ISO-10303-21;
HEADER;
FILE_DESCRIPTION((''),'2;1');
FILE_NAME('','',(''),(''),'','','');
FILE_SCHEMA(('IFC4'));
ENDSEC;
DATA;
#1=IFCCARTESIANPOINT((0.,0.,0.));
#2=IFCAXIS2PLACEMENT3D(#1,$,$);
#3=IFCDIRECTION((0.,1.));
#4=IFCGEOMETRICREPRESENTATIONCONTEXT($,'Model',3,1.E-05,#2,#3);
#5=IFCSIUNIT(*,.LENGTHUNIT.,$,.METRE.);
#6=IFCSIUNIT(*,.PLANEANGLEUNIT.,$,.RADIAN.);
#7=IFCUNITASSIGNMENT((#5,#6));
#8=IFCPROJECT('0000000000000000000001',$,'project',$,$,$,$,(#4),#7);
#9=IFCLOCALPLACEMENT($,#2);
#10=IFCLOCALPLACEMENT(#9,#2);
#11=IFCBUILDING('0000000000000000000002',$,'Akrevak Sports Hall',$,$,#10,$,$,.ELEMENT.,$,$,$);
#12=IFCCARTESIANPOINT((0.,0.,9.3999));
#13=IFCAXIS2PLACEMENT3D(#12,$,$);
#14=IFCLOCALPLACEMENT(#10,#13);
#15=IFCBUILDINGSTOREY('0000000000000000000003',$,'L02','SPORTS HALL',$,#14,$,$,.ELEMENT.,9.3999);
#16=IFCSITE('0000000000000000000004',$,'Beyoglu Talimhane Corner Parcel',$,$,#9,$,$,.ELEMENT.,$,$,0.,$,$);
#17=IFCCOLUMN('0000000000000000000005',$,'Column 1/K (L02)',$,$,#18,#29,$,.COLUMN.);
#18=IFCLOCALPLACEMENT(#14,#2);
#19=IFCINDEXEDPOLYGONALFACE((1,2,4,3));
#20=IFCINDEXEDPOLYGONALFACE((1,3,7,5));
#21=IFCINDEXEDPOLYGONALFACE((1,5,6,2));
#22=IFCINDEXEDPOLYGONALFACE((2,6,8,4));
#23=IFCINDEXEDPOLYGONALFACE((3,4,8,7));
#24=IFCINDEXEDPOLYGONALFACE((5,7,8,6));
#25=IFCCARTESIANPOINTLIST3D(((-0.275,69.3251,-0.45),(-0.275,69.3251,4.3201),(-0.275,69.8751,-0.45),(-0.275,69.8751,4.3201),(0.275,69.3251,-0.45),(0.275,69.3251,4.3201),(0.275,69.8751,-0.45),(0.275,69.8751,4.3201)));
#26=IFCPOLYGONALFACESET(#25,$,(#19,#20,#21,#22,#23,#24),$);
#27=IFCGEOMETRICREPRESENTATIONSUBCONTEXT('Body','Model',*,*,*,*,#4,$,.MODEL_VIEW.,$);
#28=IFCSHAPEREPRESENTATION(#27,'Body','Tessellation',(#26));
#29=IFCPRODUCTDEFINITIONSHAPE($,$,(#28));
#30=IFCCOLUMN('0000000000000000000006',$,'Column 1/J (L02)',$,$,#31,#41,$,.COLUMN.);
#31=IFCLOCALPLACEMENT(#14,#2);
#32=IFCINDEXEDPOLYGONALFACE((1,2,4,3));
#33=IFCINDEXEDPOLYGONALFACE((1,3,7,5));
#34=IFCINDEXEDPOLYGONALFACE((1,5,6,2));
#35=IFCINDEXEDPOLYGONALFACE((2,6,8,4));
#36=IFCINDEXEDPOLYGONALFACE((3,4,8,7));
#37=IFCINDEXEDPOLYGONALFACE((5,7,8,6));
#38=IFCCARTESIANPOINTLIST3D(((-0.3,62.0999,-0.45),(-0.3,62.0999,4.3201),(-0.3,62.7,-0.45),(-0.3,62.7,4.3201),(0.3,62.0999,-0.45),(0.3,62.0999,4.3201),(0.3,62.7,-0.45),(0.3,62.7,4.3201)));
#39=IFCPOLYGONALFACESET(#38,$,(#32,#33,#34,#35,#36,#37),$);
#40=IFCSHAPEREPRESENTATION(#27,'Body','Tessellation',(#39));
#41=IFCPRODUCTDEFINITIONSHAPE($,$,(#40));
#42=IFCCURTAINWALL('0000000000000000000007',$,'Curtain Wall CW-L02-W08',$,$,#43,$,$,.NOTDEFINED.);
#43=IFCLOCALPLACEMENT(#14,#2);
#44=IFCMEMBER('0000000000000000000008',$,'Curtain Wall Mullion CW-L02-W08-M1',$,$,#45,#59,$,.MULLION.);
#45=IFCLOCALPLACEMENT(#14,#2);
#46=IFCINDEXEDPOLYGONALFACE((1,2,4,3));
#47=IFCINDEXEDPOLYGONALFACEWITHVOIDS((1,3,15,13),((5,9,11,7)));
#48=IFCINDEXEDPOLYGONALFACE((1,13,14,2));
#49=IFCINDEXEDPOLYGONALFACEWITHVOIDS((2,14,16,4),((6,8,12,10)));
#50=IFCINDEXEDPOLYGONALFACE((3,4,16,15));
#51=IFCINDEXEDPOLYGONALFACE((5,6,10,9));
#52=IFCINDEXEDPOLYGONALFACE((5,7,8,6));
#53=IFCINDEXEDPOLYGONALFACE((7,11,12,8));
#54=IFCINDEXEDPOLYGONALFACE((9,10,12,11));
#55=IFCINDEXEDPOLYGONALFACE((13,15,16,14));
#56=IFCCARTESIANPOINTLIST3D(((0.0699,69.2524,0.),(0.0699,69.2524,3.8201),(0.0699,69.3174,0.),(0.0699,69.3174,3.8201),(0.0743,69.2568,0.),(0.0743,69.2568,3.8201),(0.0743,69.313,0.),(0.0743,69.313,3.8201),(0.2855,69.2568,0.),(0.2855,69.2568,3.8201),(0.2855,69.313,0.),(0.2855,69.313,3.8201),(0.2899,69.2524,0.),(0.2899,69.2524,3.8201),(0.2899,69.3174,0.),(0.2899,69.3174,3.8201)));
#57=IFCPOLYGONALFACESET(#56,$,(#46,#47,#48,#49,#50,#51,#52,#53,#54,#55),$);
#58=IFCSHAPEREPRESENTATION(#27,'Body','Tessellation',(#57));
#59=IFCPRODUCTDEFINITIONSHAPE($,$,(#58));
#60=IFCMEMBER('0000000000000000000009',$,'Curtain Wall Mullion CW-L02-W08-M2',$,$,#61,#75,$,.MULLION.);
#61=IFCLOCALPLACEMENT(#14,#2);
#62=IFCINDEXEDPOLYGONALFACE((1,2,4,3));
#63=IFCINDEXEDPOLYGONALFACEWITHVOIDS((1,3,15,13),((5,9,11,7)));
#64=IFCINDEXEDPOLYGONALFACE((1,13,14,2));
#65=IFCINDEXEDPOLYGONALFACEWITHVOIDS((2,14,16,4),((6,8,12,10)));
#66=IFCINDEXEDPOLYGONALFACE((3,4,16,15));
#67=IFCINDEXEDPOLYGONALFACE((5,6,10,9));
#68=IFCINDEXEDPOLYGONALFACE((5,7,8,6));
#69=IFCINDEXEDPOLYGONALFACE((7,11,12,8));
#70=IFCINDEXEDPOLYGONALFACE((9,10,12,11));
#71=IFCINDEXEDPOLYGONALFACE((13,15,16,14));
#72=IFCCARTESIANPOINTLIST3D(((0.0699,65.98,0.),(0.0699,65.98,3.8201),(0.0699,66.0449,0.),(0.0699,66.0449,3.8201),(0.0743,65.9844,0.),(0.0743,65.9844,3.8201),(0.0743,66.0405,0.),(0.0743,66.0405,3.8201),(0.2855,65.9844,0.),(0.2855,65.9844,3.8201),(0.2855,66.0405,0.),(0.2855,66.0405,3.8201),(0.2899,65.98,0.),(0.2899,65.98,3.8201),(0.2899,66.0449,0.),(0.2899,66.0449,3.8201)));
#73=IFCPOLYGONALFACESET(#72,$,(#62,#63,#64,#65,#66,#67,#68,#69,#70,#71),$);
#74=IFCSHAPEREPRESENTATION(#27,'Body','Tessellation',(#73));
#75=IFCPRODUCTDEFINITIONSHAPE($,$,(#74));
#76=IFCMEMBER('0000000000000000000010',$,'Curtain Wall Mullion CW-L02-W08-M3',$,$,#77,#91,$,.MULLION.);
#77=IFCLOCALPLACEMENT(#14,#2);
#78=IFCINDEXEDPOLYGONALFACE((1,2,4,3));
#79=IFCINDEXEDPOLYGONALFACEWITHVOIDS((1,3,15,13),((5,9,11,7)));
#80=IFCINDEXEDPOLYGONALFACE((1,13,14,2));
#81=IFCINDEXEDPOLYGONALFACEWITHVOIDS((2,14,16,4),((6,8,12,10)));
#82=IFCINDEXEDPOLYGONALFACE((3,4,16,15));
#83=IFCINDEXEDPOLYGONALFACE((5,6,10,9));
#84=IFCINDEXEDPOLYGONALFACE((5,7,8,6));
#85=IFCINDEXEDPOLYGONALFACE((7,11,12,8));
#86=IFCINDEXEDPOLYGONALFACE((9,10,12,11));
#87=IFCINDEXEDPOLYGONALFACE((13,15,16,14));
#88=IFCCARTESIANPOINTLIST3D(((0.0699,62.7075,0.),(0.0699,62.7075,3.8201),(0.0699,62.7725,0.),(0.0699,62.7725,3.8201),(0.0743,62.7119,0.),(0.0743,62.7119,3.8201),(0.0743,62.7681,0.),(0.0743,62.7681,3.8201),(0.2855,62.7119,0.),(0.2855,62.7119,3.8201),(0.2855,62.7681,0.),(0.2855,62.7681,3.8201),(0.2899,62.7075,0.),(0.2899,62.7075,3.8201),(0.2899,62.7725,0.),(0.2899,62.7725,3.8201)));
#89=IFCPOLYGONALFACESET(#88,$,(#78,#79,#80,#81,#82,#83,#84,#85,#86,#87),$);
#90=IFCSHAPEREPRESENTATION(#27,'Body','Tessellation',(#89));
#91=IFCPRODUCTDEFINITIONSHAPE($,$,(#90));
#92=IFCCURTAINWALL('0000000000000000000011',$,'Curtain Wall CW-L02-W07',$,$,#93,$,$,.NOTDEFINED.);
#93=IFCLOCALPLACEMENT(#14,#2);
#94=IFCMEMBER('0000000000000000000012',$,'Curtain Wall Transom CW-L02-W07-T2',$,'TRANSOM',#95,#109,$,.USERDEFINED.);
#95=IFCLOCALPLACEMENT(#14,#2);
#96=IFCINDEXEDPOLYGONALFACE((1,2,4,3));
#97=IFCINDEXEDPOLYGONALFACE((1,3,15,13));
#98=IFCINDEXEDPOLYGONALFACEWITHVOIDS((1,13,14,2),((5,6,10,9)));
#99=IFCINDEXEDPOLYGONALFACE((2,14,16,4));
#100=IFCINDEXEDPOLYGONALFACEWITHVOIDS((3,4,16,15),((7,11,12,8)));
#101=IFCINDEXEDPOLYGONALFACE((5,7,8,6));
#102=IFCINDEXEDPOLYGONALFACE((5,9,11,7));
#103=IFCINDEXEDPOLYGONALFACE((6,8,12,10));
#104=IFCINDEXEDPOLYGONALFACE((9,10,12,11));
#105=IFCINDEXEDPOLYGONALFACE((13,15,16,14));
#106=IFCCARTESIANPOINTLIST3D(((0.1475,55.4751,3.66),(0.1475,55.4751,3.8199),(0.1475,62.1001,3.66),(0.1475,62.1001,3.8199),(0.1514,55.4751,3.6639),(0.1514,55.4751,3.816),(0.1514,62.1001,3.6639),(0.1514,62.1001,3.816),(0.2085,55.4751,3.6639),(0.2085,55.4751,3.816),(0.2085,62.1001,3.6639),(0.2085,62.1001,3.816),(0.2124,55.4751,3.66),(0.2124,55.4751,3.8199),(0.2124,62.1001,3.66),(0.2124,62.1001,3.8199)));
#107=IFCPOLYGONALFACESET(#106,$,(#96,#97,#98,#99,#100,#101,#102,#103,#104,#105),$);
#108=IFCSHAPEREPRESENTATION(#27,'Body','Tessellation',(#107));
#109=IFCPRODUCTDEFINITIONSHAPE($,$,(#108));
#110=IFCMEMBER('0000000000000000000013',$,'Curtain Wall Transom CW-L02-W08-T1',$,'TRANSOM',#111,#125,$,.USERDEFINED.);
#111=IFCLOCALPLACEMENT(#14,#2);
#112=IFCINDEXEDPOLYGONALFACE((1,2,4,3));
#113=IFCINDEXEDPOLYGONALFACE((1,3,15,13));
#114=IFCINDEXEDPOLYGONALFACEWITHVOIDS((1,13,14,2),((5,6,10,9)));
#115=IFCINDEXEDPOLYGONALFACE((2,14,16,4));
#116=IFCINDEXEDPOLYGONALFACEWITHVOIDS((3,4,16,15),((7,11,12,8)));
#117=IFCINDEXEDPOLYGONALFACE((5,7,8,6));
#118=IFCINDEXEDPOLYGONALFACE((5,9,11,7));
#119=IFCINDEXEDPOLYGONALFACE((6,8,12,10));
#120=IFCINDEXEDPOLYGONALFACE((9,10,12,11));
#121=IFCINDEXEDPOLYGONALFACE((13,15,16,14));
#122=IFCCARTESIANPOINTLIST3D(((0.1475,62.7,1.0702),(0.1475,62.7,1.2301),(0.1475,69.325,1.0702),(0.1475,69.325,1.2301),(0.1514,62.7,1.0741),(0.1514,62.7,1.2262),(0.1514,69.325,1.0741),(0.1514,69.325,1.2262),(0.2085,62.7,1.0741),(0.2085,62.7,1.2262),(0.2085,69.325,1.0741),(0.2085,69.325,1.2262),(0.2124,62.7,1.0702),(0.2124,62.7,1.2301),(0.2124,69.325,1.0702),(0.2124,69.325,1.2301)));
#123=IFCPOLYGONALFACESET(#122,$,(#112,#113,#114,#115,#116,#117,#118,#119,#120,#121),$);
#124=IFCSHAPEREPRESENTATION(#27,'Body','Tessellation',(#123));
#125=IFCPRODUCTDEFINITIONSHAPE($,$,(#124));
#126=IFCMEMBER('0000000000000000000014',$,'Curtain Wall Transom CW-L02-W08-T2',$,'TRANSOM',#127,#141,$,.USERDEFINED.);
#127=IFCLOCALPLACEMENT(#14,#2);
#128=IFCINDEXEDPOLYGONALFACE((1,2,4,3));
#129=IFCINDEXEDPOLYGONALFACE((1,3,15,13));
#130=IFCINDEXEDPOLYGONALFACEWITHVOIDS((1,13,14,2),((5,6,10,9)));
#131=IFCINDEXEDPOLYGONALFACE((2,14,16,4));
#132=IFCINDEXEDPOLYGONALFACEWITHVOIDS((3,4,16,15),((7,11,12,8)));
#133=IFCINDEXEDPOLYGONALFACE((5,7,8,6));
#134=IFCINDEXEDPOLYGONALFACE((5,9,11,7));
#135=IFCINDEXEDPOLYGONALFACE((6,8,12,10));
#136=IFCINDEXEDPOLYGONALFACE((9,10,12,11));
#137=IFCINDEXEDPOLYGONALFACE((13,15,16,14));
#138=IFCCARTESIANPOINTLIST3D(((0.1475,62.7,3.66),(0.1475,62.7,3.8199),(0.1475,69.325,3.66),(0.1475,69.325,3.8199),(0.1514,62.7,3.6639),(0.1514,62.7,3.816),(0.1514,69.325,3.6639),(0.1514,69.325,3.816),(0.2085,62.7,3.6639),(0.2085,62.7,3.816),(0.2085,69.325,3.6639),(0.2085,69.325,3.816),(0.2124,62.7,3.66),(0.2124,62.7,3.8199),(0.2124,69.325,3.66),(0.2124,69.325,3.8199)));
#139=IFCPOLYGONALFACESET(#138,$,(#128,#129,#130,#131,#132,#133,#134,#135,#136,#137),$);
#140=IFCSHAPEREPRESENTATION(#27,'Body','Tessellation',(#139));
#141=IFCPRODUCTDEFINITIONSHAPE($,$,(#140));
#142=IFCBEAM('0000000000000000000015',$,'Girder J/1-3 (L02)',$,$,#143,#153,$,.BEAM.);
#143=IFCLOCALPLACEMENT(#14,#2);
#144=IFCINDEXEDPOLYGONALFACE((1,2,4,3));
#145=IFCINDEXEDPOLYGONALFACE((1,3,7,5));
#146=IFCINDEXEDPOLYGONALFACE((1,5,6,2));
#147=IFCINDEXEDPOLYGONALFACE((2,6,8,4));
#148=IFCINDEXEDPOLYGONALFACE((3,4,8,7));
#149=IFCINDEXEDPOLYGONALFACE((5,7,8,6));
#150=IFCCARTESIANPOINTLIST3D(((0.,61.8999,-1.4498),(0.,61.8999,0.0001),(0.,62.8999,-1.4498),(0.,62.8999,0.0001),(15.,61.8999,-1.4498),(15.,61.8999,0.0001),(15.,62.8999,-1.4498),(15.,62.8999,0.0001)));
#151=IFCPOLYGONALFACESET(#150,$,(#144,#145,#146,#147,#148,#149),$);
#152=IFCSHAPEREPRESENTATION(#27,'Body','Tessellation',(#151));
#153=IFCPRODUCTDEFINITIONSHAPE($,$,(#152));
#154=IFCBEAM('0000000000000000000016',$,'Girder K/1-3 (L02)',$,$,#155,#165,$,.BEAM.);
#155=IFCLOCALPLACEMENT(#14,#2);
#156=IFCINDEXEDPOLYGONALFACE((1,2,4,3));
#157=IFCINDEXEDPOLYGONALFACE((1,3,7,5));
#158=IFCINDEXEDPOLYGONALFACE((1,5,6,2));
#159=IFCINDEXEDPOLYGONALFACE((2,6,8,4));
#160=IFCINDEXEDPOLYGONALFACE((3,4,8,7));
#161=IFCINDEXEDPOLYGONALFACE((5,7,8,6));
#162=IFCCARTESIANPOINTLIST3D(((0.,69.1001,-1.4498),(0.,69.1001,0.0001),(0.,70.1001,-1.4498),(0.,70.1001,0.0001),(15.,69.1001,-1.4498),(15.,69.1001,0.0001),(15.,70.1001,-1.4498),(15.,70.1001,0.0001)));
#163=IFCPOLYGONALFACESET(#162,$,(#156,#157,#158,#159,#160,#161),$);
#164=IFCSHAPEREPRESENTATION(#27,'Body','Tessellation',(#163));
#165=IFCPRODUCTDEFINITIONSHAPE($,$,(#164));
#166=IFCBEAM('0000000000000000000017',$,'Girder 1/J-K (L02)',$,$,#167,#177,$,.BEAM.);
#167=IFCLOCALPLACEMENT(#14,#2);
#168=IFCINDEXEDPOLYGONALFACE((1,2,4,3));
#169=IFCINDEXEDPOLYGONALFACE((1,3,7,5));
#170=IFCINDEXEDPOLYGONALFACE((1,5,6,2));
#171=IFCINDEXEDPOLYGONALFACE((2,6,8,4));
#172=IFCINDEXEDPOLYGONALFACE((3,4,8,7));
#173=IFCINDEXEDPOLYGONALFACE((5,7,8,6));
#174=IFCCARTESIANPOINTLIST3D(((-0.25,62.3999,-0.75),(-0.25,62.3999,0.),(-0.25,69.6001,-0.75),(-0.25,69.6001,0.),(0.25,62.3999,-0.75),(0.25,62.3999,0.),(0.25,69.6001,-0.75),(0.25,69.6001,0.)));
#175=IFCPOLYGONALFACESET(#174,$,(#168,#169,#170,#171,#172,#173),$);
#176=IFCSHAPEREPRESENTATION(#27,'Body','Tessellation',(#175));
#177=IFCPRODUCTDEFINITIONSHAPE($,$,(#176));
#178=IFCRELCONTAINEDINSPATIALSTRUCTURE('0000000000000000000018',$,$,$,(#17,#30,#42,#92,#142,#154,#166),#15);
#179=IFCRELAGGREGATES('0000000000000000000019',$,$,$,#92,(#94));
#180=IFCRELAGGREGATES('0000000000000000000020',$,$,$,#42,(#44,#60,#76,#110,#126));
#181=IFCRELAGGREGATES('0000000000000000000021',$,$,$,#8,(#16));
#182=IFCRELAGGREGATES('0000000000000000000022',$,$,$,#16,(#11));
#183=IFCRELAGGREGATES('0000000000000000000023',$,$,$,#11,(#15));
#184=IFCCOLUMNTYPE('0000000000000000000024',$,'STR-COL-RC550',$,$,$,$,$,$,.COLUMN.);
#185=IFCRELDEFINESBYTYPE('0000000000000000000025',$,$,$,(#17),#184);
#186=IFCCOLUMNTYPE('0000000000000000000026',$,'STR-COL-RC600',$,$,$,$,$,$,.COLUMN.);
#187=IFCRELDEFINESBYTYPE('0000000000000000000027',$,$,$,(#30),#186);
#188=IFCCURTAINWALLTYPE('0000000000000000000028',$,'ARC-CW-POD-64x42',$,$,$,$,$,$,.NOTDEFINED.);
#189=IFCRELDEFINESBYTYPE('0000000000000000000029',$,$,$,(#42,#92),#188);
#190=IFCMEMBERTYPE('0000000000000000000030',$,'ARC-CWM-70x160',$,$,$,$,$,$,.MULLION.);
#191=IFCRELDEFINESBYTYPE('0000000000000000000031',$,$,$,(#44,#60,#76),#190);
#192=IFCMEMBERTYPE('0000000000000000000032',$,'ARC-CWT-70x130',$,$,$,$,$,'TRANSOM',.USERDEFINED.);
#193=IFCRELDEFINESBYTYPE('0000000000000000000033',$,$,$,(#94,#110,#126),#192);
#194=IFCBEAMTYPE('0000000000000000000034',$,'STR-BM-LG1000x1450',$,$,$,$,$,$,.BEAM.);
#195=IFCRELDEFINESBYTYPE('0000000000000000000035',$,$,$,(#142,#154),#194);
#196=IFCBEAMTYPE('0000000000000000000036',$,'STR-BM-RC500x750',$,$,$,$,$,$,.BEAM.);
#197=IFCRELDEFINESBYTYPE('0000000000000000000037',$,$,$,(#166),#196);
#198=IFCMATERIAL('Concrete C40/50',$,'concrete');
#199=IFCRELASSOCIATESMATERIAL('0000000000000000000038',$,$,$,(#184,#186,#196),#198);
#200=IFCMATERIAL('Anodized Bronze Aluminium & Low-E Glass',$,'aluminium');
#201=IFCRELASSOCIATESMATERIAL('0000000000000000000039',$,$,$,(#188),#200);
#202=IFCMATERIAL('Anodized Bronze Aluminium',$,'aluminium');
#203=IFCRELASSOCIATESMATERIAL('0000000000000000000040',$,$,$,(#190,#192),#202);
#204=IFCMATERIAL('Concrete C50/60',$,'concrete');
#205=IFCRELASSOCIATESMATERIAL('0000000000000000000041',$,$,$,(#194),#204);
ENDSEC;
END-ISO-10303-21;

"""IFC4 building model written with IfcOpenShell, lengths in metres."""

from ifc_helpers import new_model, si_unit, direction, frame, origin, origin_2d, place, context, subcontext, project, spatial, rectangle, hollow_rectangle, extrude, material, material_profile, profile_set, type_object, element, aggregate, save


model = new_model("IFC4")

# Units and contexts
model_context = context("Model", 3, precision=1e-05, world=origin(), true_north=direction((0.0, 1.0)))
body_context = subcontext(model_context, "Body", "Model", "MODEL_VIEW")
ifc_project = project(units=[si_unit("LENGTHUNIT", "METRE"), si_unit("PLANEANGLEUNIT", "RADIAN")], contexts=[model_context])

# Site, building, storey
site_placement = place(None, origin())
site = spatial("IfcSite", under=ifc_project, at=site_placement, Name="Beyoglu Talimhane Corner Parcel", CompositionType="ELEMENT", RefElevation=0.0)
building_placement = place(site_placement, origin())
building = spatial("IfcBuilding", under=site, at=building_placement, Name="Akrevak Sports Hall", CompositionType="ELEMENT")
storey_placement = place(building_placement, frame((0.0, 0.0, 9.3999)))
storey = spatial("IfcBuildingStorey", under=building, at=storey_placement, Name="L02", Description="SPORTS HALL", CompositionType="ELEMENT", Elevation=9.3999)

# Columns
ifc_material_1 = material(Name="Concrete C40/50", Category="concrete")
ifc_material_profile_1 = material_profile(ifc_material_1, rectangle(XDim=0.55, YDim=0.55, at=origin_2d()), Name="RC 550x550", Category="concrete")
ifc_profile_set_1 = profile_set([ifc_material_profile_1], Name="Concrete C40/50")
column_type_1 = type_object("IfcColumnType", Name="STR-COL-RC550", PredefinedType="COLUMN", material=ifc_profile_set_1)
column_1_placement = place(storey_placement, frame((0.0, 69.6001, -0.45), z_axis=(0.0, 0.0, 1.0), x_axis=(1.0, 0.0, 0.0)))
element("IfcColumn", 1, at=column_1_placement, inside=storey, type_object=column_type_1, Name="Column 1/K (L02)", PredefinedType="COLUMN", context=body_context, shape_type="SweptSolid", body=[
    extrude(rectangle(XDim=0.55, YDim=0.55, at=origin_2d()), origin(), (0.0, 0.0, 1.0), 4.77),
])
ifc_material_profile_2 = material_profile(ifc_material_1, rectangle(XDim=0.6001, YDim=0.6001, at=origin_2d()), Name="RC 600x600", Category="concrete")
ifc_profile_set_2 = profile_set([ifc_material_profile_2], Name="Concrete C40/50")
column_type_2 = type_object("IfcColumnType", Name="STR-COL-RC600", PredefinedType="COLUMN", material=ifc_profile_set_2)
column_2_placement = place(storey_placement, frame((0.0, 62.3999, -0.45), z_axis=(0.0, 0.0, 1.0), x_axis=(1.0, 0.0, 0.0)))
element("IfcColumn", 2, at=column_2_placement, inside=storey, type_object=column_type_2, Name="Column 1/J (L02)", PredefinedType="COLUMN", context=body_context, shape_type="SweptSolid", body=[
    extrude(rectangle(XDim=0.6001, YDim=0.6001, at=origin_2d()), origin(), (0.0, 0.0, 1.0), 4.77),
])

# Curtain wall, members
ifc_material_2 = material(Name="Anodized Bronze Aluminium & Low-E Glass", Category="aluminium")
curtain_wall_type = type_object("IfcCurtainWallType", Name="ARC-CW-POD-64x42", PredefinedType="NOTDEFINED", material=ifc_material_2)
curtain_wall_1_placement = place(storey_placement, origin())
curtain_wall_1 = element("IfcCurtainWall", 3, at=curtain_wall_1_placement, inside=storey, type_object=curtain_wall_type, Name="Curtain Wall CW-L02-W08", PredefinedType="NOTDEFINED")
ifc_material_3 = material(Name="Anodized Bronze Aluminium", Category="aluminium")
ifc_material_profile_3 = material_profile(ifc_material_3, hollow_rectangle(XDim=0.0649, YDim=0.22, WallThickness=0.0044, at=origin_2d()), Name="CWM 65x220", Category="aluminium")
ifc_profile_set_3 = profile_set([ifc_material_profile_3], Name="Anodized Bronze Aluminium")
member_type_1 = type_object("IfcMemberType", Name="ARC-CWM-70x160", PredefinedType="MULLION", material=ifc_profile_set_3)
member_1_placement = place(storey_placement, frame((0.1799, 69.2849, 0.0), z_axis=(0.0, 0.0, 1.0), x_axis=(0.0, -1.0, 0.0)))
member_1 = element("IfcMember", 4, at=member_1_placement, type_object=member_type_1, Name="Curtain Wall Mullion CW-L02-W08-M1", PredefinedType="MULLION", context=body_context, shape_type="SweptSolid", body=[
    extrude(hollow_rectangle(XDim=0.0649, YDim=0.22, WallThickness=0.0044, at=origin_2d()), origin(), (0.0, 0.0, 1.0), 3.8201),
])
member_2_placement = place(storey_placement, frame((0.1799, 66.0125, 0.0), z_axis=(0.0, 0.0, 1.0), x_axis=(0.0, -1.0, 0.0)))
member_2 = element("IfcMember", 5, at=member_2_placement, type_object=member_type_1, Name="Curtain Wall Mullion CW-L02-W08-M2", PredefinedType="MULLION", context=body_context, shape_type="SweptSolid", body=[
    extrude(hollow_rectangle(XDim=0.0649, YDim=0.22, WallThickness=0.0044, at=origin_2d()), origin(), (0.0, 0.0, 1.0), 3.8201),
])
member_3_placement = place(storey_placement, frame((0.1799, 62.74, 0.0), z_axis=(0.0, 0.0, 1.0), x_axis=(0.0, -1.0, 0.0)))
member_3 = element("IfcMember", 6, at=member_3_placement, type_object=member_type_1, Name="Curtain Wall Mullion CW-L02-W08-M3", PredefinedType="MULLION", context=body_context, shape_type="SweptSolid", body=[
    extrude(hollow_rectangle(XDim=0.0649, YDim=0.22, WallThickness=0.0044, at=origin_2d()), origin(), (0.0, 0.0, 1.0), 3.8201),
])

# Curtain wall, member
curtain_wall_2_placement = place(storey_placement, origin())
curtain_wall_2 = element("IfcCurtainWall", 7, at=curtain_wall_2_placement, inside=storey, type_object=curtain_wall_type, Name="Curtain Wall CW-L02-W07", PredefinedType="NOTDEFINED")
ifc_material_profile_4 = material_profile(ifc_material_3, hollow_rectangle(XDim=0.0649, YDim=0.1599, WallThickness=0.0039, at=origin_2d()), Name="CWT 65x160", Category="aluminium")
ifc_profile_set_4 = profile_set([ifc_material_profile_4], Name="Anodized Bronze Aluminium")
member_type_2 = type_object("IfcMemberType", Name="ARC-CWT-70x130", ElementType="TRANSOM", PredefinedType="USERDEFINED", material=ifc_profile_set_4)
member_4_placement = place(storey_placement, frame((0.1799, 62.1001, 3.74), z_axis=(0.0, -1.0, 0.0), x_axis=(1.0, 0.0, 0.0)))
member_4 = element("IfcMember", 8, at=member_4_placement, type_object=member_type_2, Name="Curtain Wall Transom CW-L02-W07-T2", ObjectType="TRANSOM", PredefinedType="USERDEFINED", context=body_context, shape_type="SweptSolid", body=[
    extrude(hollow_rectangle(XDim=0.0649, YDim=0.1599, WallThickness=0.0039, at=origin_2d()), origin(), (0.0, 0.0, 1.0), 6.625),
])
aggregate(curtain_wall_2, [member_4])

# Members
member_5_placement = place(storey_placement, frame((0.1799, 69.325, 1.1501), z_axis=(0.0, -1.0, 0.0), x_axis=(1.0, 0.0, 0.0)))
member_5 = element("IfcMember", 9, at=member_5_placement, type_object=member_type_2, Name="Curtain Wall Transom CW-L02-W08-T1", ObjectType="TRANSOM", PredefinedType="USERDEFINED", context=body_context, shape_type="SweptSolid", body=[
    extrude(hollow_rectangle(XDim=0.0649, YDim=0.1599, WallThickness=0.0039, at=origin_2d()), origin(), (0.0, 0.0, 1.0), 6.625),
])
member_6_placement = place(storey_placement, frame((0.1799, 69.325, 3.74), z_axis=(0.0, -1.0, 0.0), x_axis=(1.0, 0.0, 0.0)))
member_6 = element("IfcMember", 10, at=member_6_placement, type_object=member_type_2, Name="Curtain Wall Transom CW-L02-W08-T2", ObjectType="TRANSOM", PredefinedType="USERDEFINED", context=body_context, shape_type="SweptSolid", body=[
    extrude(hollow_rectangle(XDim=0.0649, YDim=0.1599, WallThickness=0.0039, at=origin_2d()), origin(), (0.0, 0.0, 1.0), 6.625),
])

# Beams
ifc_material_4 = material(Name="Concrete C50/60", Category="concrete")
ifc_material_profile_5 = material_profile(ifc_material_4, rectangle(XDim=1.0, YDim=1.45, at=origin_2d()), Name="BM 1000x1450", Category="concrete")
ifc_profile_set_5 = profile_set([ifc_material_profile_5], Name="Concrete C50/60")
beam_type_1 = type_object("IfcBeamType", Name="STR-BM-LG1000x1450", PredefinedType="BEAM", material=ifc_profile_set_5)
for number, where, z_axis, x_axis, name in (
    (11, (0.0, 62.3999, -0.7249), (1.0, 0.0, 0.0), (0.0, 1.0, 0.0), "Girder J/1-3 (L02)"),
    (12, (0.0, 69.6001, -0.7249), (1.0, 0.0, 0.0), (0.0, 1.0, 0.0), "Girder K/1-3 (L02)"),
):
    element("IfcBeam", number, at=place(storey_placement, frame(where, z_axis=z_axis, x_axis=x_axis)), inside=storey, type_object=beam_type_1, Name=name, PredefinedType="BEAM", context=body_context, shape_type="SweptSolid", body=[
        extrude(rectangle(XDim=1.0, YDim=1.45, at=origin_2d()), origin(), (0.0, 0.0, 1.0), 15.0),
    ])
ifc_material_profile_6 = material_profile(ifc_material_1, rectangle(XDim=0.5, YDim=0.75, at=origin_2d()), Name="BM 500x750", Category="concrete")
ifc_profile_set_6 = profile_set([ifc_material_profile_6], Name="Concrete C40/50")
beam_type_2 = type_object("IfcBeamType", Name="STR-BM-RC500x750", PredefinedType="BEAM", material=ifc_profile_set_6)
beam_1_placement = place(storey_placement, frame((0.0, 62.3999, -0.375), z_axis=(0.0, 1.0, 0.0), x_axis=(-1.0, 0.0, 0.0)))
element("IfcBeam", 13, at=beam_1_placement, inside=storey, type_object=beam_type_2, Name="Girder 1/J-K (L02)", PredefinedType="BEAM", context=body_context, shape_type="SweptSolid", body=[
    extrude(rectangle(XDim=0.5, YDim=0.75, at=origin_2d()), origin(), (0.0, 0.0, 1.0), 7.2002),
])

aggregate(curtain_wall_1, [member_1, member_2, member_3, member_5, member_6])

save(model, "model.ifc")
